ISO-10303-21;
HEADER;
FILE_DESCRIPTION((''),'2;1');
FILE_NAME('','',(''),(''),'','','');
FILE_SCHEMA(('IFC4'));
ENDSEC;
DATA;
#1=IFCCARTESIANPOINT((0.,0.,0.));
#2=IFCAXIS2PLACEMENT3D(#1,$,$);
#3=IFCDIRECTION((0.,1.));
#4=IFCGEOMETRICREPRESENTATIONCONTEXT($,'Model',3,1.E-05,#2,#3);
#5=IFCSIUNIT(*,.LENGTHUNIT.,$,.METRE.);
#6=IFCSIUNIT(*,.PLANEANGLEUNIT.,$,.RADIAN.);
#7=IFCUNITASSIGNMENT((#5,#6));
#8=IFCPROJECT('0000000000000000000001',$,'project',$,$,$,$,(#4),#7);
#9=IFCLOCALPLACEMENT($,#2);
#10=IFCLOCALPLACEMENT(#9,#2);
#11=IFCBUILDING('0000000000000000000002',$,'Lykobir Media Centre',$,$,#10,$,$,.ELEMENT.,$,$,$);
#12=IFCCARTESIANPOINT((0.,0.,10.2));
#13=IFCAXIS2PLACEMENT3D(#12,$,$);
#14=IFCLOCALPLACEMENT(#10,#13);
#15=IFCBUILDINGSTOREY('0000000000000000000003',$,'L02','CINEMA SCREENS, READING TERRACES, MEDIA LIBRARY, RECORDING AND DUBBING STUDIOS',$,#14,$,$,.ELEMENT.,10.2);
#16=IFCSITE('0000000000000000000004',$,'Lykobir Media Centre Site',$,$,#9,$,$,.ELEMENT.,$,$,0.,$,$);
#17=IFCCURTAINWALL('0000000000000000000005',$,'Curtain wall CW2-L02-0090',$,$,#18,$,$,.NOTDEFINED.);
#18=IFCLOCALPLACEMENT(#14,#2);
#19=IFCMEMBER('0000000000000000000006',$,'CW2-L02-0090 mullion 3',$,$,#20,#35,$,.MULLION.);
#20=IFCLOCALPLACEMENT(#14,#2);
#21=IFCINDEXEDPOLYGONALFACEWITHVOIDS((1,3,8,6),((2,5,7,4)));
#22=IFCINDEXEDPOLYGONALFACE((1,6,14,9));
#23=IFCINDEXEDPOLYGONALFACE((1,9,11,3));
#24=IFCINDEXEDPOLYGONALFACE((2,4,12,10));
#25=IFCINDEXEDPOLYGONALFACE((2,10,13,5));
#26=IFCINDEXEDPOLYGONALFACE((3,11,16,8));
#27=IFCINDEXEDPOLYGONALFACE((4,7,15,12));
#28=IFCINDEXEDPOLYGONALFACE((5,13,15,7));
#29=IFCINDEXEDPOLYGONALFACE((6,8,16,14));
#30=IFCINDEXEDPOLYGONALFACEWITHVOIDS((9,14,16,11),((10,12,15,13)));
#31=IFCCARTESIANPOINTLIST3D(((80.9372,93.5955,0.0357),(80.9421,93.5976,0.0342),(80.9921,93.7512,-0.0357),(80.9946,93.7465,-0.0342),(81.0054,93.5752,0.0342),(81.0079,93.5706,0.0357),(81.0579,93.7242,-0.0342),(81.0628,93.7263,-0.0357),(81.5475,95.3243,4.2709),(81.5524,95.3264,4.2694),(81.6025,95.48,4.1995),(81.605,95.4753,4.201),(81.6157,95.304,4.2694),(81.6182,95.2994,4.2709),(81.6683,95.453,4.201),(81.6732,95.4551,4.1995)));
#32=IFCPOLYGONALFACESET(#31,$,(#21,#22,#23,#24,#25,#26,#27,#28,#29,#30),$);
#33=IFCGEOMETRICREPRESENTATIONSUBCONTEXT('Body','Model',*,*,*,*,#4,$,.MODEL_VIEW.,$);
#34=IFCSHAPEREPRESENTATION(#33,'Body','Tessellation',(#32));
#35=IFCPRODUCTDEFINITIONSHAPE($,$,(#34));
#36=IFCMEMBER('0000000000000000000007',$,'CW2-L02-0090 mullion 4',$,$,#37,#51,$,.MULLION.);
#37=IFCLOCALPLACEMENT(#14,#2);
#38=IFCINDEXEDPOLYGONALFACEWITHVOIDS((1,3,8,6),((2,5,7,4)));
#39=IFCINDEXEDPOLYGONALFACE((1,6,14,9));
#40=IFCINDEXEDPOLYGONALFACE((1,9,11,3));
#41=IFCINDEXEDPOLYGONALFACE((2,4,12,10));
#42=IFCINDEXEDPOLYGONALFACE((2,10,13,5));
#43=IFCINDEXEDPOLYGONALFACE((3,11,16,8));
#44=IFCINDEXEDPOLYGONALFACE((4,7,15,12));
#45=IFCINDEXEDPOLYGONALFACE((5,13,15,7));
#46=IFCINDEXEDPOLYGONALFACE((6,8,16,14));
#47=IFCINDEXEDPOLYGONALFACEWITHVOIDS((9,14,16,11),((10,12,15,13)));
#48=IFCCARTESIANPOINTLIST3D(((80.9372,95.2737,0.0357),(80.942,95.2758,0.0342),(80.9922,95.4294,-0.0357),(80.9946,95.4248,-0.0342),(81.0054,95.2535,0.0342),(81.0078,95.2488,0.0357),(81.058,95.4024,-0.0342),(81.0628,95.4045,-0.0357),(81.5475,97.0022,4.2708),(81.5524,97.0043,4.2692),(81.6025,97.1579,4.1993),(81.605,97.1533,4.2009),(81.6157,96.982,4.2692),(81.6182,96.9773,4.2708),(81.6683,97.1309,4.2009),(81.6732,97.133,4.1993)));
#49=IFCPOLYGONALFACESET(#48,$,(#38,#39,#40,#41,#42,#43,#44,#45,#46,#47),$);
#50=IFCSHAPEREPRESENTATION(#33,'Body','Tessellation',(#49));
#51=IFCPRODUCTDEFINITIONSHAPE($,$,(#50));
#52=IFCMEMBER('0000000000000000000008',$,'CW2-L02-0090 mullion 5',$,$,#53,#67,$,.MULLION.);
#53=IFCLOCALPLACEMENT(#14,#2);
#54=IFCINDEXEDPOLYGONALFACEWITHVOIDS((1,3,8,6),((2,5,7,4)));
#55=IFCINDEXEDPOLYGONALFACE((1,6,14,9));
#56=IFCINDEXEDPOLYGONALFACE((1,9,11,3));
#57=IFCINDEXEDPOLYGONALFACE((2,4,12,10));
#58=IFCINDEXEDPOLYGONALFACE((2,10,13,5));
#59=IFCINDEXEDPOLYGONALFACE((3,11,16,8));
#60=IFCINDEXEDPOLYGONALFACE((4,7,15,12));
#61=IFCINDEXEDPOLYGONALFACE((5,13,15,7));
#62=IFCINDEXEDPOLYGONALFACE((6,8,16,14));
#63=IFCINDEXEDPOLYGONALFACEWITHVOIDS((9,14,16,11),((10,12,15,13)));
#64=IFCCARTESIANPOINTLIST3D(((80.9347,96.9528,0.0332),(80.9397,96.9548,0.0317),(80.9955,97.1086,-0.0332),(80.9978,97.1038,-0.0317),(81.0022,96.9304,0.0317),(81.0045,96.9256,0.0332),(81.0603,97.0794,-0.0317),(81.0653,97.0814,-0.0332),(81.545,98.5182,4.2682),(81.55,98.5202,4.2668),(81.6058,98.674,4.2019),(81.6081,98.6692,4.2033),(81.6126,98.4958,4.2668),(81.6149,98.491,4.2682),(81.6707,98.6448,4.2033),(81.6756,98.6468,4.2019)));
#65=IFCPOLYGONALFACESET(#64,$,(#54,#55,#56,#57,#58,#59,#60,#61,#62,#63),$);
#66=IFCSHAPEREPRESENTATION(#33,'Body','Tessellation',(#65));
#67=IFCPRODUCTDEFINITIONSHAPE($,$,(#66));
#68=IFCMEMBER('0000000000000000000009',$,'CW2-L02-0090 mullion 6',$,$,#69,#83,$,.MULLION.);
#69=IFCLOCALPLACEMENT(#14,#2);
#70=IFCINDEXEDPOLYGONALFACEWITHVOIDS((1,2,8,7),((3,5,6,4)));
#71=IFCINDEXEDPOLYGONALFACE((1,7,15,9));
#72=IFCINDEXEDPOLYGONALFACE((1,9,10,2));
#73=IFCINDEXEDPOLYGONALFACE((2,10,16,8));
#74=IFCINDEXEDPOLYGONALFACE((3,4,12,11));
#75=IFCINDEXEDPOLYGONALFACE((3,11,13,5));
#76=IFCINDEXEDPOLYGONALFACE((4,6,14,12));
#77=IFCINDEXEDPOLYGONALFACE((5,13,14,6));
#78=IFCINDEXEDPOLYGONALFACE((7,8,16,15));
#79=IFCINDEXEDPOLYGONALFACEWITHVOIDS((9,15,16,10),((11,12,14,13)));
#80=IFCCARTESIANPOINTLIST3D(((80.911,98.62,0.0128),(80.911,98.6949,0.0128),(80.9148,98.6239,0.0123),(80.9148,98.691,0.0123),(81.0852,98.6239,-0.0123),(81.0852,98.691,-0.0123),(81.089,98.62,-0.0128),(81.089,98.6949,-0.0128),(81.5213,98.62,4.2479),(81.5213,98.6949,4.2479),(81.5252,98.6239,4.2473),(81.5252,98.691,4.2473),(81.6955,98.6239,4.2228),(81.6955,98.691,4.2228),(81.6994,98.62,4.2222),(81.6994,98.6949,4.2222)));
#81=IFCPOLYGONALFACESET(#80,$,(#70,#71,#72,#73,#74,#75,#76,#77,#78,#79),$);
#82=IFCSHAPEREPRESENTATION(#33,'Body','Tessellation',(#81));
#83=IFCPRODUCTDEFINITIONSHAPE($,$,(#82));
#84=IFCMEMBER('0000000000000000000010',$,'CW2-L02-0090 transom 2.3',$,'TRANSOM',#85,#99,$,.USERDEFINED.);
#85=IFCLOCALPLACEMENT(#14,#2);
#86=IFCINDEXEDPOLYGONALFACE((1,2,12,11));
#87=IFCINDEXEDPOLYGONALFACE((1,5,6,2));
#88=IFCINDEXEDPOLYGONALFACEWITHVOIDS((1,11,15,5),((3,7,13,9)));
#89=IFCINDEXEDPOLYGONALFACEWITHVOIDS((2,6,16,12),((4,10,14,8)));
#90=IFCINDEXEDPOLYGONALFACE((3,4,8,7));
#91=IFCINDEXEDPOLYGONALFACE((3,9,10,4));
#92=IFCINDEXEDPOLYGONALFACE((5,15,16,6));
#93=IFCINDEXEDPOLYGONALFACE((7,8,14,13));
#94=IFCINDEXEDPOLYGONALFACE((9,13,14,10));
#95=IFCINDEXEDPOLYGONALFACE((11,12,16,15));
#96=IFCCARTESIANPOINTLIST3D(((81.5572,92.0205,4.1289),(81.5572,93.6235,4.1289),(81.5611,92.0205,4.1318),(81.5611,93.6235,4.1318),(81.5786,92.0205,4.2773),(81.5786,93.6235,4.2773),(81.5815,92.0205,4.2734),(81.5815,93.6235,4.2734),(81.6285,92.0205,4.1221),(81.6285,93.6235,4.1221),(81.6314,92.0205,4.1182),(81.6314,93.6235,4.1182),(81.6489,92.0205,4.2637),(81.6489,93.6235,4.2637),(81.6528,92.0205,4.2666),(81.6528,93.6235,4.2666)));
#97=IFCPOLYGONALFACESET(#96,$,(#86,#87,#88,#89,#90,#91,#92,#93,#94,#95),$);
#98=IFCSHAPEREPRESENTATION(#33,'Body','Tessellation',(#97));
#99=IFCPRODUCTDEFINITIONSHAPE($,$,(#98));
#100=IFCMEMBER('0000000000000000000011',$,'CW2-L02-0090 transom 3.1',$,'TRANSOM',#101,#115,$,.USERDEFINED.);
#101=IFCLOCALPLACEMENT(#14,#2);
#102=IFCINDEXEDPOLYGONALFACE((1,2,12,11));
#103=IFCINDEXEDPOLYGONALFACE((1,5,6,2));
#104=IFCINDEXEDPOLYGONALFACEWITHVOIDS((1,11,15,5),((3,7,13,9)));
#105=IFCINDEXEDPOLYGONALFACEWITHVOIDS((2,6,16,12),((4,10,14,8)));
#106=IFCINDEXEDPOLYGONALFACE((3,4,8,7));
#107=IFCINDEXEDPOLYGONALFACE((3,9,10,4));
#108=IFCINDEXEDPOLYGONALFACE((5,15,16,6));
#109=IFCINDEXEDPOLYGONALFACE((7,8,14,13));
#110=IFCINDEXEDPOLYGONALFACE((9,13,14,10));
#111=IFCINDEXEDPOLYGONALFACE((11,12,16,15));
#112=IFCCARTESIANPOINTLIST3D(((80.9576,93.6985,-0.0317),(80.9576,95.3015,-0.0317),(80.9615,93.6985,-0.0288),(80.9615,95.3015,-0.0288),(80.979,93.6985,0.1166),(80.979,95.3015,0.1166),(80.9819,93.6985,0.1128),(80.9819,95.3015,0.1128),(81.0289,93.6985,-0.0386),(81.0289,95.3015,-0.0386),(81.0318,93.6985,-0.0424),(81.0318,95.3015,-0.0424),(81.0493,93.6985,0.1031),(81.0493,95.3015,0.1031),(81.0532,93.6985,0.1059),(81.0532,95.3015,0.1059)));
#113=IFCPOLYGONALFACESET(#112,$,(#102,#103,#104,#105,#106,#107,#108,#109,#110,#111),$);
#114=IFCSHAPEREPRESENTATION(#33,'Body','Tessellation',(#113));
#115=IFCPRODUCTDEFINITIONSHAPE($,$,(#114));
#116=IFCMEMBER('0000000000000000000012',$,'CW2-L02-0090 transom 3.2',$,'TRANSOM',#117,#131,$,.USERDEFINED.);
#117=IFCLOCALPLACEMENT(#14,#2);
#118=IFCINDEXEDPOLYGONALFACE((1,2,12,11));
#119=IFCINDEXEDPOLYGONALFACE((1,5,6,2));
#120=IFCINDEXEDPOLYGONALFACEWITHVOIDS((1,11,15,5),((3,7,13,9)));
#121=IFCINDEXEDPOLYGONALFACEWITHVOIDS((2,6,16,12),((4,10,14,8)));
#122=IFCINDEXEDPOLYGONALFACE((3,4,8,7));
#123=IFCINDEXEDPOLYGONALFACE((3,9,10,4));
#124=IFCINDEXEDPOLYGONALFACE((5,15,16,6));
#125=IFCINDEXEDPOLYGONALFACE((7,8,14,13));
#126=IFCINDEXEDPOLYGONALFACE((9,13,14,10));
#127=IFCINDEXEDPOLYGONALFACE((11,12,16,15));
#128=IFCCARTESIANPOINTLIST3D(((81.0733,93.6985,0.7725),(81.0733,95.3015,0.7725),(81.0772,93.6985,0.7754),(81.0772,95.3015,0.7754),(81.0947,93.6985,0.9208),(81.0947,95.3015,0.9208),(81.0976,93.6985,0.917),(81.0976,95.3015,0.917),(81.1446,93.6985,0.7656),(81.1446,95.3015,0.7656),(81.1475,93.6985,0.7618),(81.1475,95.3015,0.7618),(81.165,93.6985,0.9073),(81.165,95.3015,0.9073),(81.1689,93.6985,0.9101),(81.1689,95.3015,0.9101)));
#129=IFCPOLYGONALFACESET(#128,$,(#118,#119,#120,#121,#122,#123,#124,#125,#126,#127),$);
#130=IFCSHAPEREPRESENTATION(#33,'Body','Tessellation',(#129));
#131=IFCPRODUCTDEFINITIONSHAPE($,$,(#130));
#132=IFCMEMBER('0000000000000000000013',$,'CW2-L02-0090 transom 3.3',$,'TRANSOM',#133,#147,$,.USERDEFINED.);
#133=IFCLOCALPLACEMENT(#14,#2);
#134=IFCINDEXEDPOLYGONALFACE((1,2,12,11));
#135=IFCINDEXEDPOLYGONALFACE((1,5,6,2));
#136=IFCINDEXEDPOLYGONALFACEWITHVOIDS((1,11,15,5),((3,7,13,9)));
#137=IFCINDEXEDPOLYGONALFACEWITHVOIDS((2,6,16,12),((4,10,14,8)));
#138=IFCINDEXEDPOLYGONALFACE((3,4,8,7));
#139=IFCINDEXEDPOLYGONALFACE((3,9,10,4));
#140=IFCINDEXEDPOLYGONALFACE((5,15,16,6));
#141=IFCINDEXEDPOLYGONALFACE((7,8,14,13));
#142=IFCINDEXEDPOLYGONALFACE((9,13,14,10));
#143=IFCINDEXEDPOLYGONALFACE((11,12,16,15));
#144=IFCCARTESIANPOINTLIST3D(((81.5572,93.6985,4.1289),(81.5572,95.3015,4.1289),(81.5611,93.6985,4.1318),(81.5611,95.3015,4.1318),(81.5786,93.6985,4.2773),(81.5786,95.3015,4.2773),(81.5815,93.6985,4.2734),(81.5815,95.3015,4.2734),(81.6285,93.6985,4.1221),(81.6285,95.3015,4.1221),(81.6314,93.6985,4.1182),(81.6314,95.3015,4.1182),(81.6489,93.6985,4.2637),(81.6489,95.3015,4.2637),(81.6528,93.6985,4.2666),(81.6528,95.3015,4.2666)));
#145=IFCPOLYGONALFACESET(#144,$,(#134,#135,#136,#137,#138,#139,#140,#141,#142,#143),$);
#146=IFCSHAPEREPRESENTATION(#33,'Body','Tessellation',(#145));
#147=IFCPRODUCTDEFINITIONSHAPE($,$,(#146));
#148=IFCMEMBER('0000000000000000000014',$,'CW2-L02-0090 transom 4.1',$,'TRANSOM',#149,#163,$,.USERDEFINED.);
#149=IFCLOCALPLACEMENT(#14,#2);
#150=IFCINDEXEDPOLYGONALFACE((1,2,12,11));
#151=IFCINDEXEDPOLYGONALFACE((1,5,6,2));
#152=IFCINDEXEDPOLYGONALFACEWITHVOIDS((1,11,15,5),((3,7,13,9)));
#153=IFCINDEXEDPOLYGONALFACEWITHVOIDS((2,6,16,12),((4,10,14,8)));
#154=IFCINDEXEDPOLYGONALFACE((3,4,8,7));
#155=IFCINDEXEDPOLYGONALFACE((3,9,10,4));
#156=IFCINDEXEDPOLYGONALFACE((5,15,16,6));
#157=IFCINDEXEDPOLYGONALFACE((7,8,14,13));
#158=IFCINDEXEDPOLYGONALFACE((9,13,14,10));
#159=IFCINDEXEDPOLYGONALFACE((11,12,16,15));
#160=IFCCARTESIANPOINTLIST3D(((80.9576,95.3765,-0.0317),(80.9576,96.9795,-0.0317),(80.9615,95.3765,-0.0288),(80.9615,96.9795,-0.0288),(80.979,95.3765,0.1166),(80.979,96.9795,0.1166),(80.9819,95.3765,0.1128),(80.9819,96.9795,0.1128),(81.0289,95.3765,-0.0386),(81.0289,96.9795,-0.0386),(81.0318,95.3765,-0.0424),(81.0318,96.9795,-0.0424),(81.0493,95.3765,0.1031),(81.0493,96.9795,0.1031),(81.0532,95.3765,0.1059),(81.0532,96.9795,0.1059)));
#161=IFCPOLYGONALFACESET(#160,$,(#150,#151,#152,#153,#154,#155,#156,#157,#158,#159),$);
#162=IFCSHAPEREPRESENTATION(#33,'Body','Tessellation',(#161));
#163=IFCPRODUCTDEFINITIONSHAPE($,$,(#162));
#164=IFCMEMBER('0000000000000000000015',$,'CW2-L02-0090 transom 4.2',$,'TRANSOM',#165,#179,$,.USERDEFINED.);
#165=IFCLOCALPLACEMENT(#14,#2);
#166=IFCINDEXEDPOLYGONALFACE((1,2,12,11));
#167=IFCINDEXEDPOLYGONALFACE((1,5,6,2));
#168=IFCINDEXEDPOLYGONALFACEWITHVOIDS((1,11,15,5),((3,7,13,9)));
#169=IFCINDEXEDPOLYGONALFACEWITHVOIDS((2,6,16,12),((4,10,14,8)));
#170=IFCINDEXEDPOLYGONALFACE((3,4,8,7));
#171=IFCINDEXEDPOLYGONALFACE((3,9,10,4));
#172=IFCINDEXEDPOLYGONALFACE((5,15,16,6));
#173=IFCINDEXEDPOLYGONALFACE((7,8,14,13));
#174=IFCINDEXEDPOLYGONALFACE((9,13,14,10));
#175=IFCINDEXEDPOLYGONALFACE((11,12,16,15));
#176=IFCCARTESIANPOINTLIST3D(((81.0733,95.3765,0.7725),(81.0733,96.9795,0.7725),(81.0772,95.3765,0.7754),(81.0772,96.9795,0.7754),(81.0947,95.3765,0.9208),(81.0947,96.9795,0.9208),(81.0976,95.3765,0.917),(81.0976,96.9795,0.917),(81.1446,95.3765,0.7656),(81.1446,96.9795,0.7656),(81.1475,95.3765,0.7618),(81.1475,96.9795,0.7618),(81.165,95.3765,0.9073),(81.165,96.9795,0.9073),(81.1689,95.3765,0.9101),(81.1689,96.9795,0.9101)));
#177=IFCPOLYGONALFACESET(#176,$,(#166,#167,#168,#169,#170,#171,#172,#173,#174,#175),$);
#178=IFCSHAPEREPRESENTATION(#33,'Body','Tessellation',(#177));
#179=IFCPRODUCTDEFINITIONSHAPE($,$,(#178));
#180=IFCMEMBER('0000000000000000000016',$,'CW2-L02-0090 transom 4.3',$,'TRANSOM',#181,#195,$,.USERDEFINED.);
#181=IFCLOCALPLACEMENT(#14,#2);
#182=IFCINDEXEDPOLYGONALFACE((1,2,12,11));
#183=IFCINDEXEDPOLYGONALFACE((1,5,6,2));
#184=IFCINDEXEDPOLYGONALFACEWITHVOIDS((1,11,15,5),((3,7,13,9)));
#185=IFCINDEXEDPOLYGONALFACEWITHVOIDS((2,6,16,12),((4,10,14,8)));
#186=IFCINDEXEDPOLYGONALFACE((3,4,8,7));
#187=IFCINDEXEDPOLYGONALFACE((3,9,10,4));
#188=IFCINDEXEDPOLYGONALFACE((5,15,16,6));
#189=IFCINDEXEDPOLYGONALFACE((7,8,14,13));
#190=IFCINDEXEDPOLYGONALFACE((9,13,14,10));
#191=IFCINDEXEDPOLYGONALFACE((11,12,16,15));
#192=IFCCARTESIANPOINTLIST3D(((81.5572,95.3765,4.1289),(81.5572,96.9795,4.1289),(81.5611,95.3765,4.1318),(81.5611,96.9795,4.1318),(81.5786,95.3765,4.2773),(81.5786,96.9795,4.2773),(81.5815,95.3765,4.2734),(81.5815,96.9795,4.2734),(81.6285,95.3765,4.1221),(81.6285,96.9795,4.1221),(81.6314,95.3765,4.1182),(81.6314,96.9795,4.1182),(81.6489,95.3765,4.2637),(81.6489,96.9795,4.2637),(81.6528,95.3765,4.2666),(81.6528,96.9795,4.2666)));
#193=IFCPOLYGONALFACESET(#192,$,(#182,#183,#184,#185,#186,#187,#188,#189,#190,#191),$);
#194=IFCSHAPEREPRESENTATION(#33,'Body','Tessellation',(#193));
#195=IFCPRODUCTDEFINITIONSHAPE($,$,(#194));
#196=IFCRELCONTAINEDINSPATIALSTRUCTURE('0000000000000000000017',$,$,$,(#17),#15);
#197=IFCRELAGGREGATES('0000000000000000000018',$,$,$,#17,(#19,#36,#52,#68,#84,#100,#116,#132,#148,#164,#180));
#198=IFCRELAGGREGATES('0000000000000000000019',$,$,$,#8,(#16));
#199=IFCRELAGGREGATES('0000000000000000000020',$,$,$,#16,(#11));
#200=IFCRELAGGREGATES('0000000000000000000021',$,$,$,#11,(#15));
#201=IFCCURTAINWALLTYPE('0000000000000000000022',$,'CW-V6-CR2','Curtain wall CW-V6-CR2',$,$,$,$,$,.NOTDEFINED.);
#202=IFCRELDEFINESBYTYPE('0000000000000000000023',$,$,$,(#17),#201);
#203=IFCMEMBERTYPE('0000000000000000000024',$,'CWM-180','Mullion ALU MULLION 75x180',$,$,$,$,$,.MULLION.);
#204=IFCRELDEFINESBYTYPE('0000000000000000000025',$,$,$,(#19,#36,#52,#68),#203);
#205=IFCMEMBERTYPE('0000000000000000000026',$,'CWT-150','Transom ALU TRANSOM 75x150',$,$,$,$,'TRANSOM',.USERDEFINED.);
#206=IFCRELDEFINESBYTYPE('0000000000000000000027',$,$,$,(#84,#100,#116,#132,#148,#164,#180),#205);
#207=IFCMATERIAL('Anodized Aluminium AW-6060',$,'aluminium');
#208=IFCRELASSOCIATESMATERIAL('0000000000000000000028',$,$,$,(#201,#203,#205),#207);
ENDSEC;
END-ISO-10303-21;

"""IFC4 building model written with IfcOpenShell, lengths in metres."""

from ifc_helpers import new_model, si_unit, direction, frame, origin, origin_2d, place, context, subcontext, project, spatial, hollow_rectangle, extrude, material, material_profile, profile_set, type_object, element, aggregate, save


model = new_model("IFC4")

# Units and contexts
model_context = context("Model", 3, precision=1e-05, world=origin(), true_north=direction((0.0, 1.0)))
body_context = subcontext(model_context, "Body", "Model", "MODEL_VIEW")
ifc_project = project(units=[si_unit("LENGTHUNIT", "METRE"), si_unit("PLANEANGLEUNIT", "RADIAN")], contexts=[model_context])

# Site, building, storey
site_placement = place(None, origin())
site = spatial("IfcSite", under=ifc_project, at=site_placement, Name="Lykobir Media Centre Site", CompositionType="ELEMENT", RefElevation=0.0)
building_placement = place(site_placement, origin())
building = spatial("IfcBuilding", under=site, at=building_placement, Name="Lykobir Media Centre", CompositionType="ELEMENT")
storey_placement = place(building_placement, frame((0.0, 0.0, 10.2)))
storey = spatial("IfcBuildingStorey", under=building, at=storey_placement, Name="L02", Description="CINEMA SCREENS, READING TERRACES, MEDIA LIBRARY, RECORDING AND DUBBING STUDIOS", CompositionType="ELEMENT", Elevation=10.2)

# Curtain wall, members
ifc_material_1 = material(Name="Anodized Aluminium AW-6060", Category="aluminium")
curtain_wall_type = type_object("IfcCurtainWallType", Name="CW-V6-CR2", Description="Curtain wall CW-V6-CR2", PredefinedType="NOTDEFINED", material=ifc_material_1)
curtain_wall_placement = place(storey_placement, origin())
curtain_wall = element("IfcCurtainWall", 1, at=curtain_wall_placement, inside=storey, type_object=curtain_wall_type, Name="Curtain wall CW2-L02-0090", PredefinedType="NOTDEFINED")
ifc_material_profile_1 = material_profile(ifc_material_1, hollow_rectangle(XDim=0.075, YDim=0.1799, WallThickness=0.0039, at=origin_2d()), Name="ALU MULLION 75x180")
ifc_profile_set_1 = profile_set([ifc_material_profile_1], Name="Anodized Aluminium AW-6060")
member_type_1 = type_object("IfcMemberType", Name="CWM-180", Description="Mullion ALU MULLION 75x180", PredefinedType="MULLION", material=ifc_profile_set_1)
member_1_placement = place(storey_placement, frame((81.0, 93.6609, 0.0), z_axis=(0.132257, 0.374604, 0.917704), x_axis=(0.942956, -0.332918, 0.0)))
member_1 = element("IfcMember", 2, at=member_1_placement, type_object=member_type_1, Name="CW2-L02-0090 mullion 3", PredefinedType="MULLION", context=body_context, shape_type="SweptSolid", body=[
    extrude(hollow_rectangle(XDim=0.075, YDim=0.1799, WallThickness=0.0039, at=origin_2d()), origin(), (0.0, 0.0, 1.0), 4.615),
])
member_2_placement = place(storey_placement, frame((81.0, 95.3391, 0.0), z_axis=(0.132259, 0.374559, 0.917722), x_axis=(0.942941, -0.332959, 0.0)))
member_2 = element("IfcMember", 3, at=member_2_placement, type_object=member_type_1, Name="CW2-L02-0090 mullion 4", PredefinedType="MULLION", context=body_context, shape_type="SweptSolid", body=[
    extrude(hollow_rectangle(XDim=0.075, YDim=0.1799, WallThickness=0.0039, at=origin_2d()), origin(), (0.0, 0.0, 1.0), 4.6147),
])
member_3_placement = place(storey_placement, frame((81.0, 97.0171, 0.0), z_axis=(0.13396, 0.34358, 0.92952), x_axis=(0.931688, -0.36326, 0.0)))
member_3 = element("IfcMember", 4, at=member_3_placement, type_object=member_type_1, Name="CW2-L02-0090 mullion 5", PredefinedType="MULLION", context=body_context, shape_type="SweptSolid", body=[
    extrude(hollow_rectangle(XDim=0.075, YDim=0.1799, WallThickness=0.0039, at=origin_2d()), origin(), (0.0, 0.0, 1.0), 4.5562),
])
member_4_placement = place(storey_placement, frame((81.0, 98.6575, 0.0), z_axis=(0.142643, 0.0, 0.989774), x_axis=(0.0, -1.0, 0.0)))
member_4 = element("IfcMember", 5, at=member_4_placement, type_object=member_type_1, Name="CW2-L02-0090 mullion 6", PredefinedType="MULLION", context=body_context, shape_type="SweptSolid", body=[
    extrude(hollow_rectangle(XDim=0.075, YDim=0.1799, WallThickness=0.0039, at=origin_2d()), origin(), (0.0, 0.0, 1.0), 4.2788),
])
ifc_material_profile_2 = material_profile(ifc_material_1, hollow_rectangle(XDim=0.075, YDim=0.1499, WallThickness=0.0034, at=origin_2d()), Name="ALU TRANSOM 75x150")
ifc_profile_set_2 = profile_set([ifc_material_profile_2], Name="Anodized Aluminium AW-6060")
member_type_2 = type_object("IfcMemberType", Name="CWT-150", Description="Transom ALU TRANSOM 75x150", ElementType="TRANSOM", PredefinedType="USERDEFINED", material=ifc_profile_set_2)
member_5_placement = place(storey_placement, frame((81.605, 92.0205, 4.1978), z_axis=(0.0, 1.0, 0.0), x_axis=(-0.989776, 0.0, 0.142629)))
member_5 = element("IfcMember", 6, at=member_5_placement, type_object=member_type_2, Name="CW2-L02-0090 transom 2.3", ObjectType="TRANSOM", PredefinedType="USERDEFINED", context=body_context, shape_type="SweptSolid", body=[
    extrude(hollow_rectangle(XDim=0.075, YDim=0.1499, WallThickness=0.0034, at=origin_2d()), origin(), (0.0, 0.0, 1.0), 1.603),
])
member_6_placement = place(storey_placement, frame((81.0054, 93.6985, 0.0371), z_axis=(0.0, 1.0, 0.0), x_axis=(-0.989776, 0.0, 0.142629)))
member_6 = element("IfcMember", 7, at=member_6_placement, type_object=member_type_2, Name="CW2-L02-0090 transom 3.1", ObjectType="TRANSOM", PredefinedType="USERDEFINED", context=body_context, shape_type="SweptSolid", body=[
    extrude(hollow_rectangle(XDim=0.075, YDim=0.1499, WallThickness=0.0034, at=origin_2d()), origin(), (0.0, 0.0, 1.0), 1.603),
])
member_7_placement = place(storey_placement, frame((81.1211, 93.6985, 0.8413), z_axis=(0.0, 1.0, 0.0), x_axis=(-0.989776, 0.0, 0.142629)))
member_7 = element("IfcMember", 8, at=member_7_placement, type_object=member_type_2, Name="CW2-L02-0090 transom 3.2", ObjectType="TRANSOM", PredefinedType="USERDEFINED", context=body_context, shape_type="SweptSolid", body=[
    extrude(hollow_rectangle(XDim=0.075, YDim=0.1499, WallThickness=0.0034, at=origin_2d()), origin(), (0.0, 0.0, 1.0), 1.603),
])
member_8_placement = place(storey_placement, frame((81.605, 93.6985, 4.1978), z_axis=(0.0, 1.0, 0.0), x_axis=(-0.989776, 0.0, 0.142629)))
member_8 = element("IfcMember", 9, at=member_8_placement, type_object=member_type_2, Name="CW2-L02-0090 transom 3.3", ObjectType="TRANSOM", PredefinedType="USERDEFINED", context=body_context, shape_type="SweptSolid", body=[
    extrude(hollow_rectangle(XDim=0.075, YDim=0.1499, WallThickness=0.0034, at=origin_2d()), origin(), (0.0, 0.0, 1.0), 1.603),
])
member_9_placement = place(storey_placement, frame((81.0054, 95.3765, 0.0371), z_axis=(0.0, 1.0, 0.0), x_axis=(-0.989776, 0.0, 0.142629)))
member_9 = element("IfcMember", 10, at=member_9_placement, type_object=member_type_2, Name="CW2-L02-0090 transom 4.1", ObjectType="TRANSOM", PredefinedType="USERDEFINED", context=body_context, shape_type="SweptSolid", body=[
    extrude(hollow_rectangle(XDim=0.075, YDim=0.1499, WallThickness=0.0034, at=origin_2d()), origin(), (0.0, 0.0, 1.0), 1.603),
])
member_10_placement = place(storey_placement, frame((81.1211, 95.3765, 0.8413), z_axis=(0.0, 1.0, 0.0), x_axis=(-0.989776, 0.0, 0.142629)))
member_10 = element("IfcMember", 11, at=member_10_placement, type_object=member_type_2, Name="CW2-L02-0090 transom 4.2", ObjectType="TRANSOM", PredefinedType="USERDEFINED", context=body_context, shape_type="SweptSolid", body=[
    extrude(hollow_rectangle(XDim=0.075, YDim=0.1499, WallThickness=0.0034, at=origin_2d()), origin(), (0.0, 0.0, 1.0), 1.603),
])
member_11_placement = place(storey_placement, frame((81.605, 95.3765, 4.1978), z_axis=(0.0, 1.0, 0.0), x_axis=(-0.989776, 0.0, 0.142629)))
member_11 = element("IfcMember", 12, at=member_11_placement, type_object=member_type_2, Name="CW2-L02-0090 transom 4.3", ObjectType="TRANSOM", PredefinedType="USERDEFINED", context=body_context, shape_type="SweptSolid", body=[
    extrude(hollow_rectangle(XDim=0.075, YDim=0.1499, WallThickness=0.0034, at=origin_2d()), origin(), (0.0, 0.0, 1.0), 1.603),
])
aggregate(curtain_wall, [member_1, member_2, member_3, member_4, member_5, member_6, member_7, member_8, member_9, member_10, member_11])

save(model, "model.ifc")
